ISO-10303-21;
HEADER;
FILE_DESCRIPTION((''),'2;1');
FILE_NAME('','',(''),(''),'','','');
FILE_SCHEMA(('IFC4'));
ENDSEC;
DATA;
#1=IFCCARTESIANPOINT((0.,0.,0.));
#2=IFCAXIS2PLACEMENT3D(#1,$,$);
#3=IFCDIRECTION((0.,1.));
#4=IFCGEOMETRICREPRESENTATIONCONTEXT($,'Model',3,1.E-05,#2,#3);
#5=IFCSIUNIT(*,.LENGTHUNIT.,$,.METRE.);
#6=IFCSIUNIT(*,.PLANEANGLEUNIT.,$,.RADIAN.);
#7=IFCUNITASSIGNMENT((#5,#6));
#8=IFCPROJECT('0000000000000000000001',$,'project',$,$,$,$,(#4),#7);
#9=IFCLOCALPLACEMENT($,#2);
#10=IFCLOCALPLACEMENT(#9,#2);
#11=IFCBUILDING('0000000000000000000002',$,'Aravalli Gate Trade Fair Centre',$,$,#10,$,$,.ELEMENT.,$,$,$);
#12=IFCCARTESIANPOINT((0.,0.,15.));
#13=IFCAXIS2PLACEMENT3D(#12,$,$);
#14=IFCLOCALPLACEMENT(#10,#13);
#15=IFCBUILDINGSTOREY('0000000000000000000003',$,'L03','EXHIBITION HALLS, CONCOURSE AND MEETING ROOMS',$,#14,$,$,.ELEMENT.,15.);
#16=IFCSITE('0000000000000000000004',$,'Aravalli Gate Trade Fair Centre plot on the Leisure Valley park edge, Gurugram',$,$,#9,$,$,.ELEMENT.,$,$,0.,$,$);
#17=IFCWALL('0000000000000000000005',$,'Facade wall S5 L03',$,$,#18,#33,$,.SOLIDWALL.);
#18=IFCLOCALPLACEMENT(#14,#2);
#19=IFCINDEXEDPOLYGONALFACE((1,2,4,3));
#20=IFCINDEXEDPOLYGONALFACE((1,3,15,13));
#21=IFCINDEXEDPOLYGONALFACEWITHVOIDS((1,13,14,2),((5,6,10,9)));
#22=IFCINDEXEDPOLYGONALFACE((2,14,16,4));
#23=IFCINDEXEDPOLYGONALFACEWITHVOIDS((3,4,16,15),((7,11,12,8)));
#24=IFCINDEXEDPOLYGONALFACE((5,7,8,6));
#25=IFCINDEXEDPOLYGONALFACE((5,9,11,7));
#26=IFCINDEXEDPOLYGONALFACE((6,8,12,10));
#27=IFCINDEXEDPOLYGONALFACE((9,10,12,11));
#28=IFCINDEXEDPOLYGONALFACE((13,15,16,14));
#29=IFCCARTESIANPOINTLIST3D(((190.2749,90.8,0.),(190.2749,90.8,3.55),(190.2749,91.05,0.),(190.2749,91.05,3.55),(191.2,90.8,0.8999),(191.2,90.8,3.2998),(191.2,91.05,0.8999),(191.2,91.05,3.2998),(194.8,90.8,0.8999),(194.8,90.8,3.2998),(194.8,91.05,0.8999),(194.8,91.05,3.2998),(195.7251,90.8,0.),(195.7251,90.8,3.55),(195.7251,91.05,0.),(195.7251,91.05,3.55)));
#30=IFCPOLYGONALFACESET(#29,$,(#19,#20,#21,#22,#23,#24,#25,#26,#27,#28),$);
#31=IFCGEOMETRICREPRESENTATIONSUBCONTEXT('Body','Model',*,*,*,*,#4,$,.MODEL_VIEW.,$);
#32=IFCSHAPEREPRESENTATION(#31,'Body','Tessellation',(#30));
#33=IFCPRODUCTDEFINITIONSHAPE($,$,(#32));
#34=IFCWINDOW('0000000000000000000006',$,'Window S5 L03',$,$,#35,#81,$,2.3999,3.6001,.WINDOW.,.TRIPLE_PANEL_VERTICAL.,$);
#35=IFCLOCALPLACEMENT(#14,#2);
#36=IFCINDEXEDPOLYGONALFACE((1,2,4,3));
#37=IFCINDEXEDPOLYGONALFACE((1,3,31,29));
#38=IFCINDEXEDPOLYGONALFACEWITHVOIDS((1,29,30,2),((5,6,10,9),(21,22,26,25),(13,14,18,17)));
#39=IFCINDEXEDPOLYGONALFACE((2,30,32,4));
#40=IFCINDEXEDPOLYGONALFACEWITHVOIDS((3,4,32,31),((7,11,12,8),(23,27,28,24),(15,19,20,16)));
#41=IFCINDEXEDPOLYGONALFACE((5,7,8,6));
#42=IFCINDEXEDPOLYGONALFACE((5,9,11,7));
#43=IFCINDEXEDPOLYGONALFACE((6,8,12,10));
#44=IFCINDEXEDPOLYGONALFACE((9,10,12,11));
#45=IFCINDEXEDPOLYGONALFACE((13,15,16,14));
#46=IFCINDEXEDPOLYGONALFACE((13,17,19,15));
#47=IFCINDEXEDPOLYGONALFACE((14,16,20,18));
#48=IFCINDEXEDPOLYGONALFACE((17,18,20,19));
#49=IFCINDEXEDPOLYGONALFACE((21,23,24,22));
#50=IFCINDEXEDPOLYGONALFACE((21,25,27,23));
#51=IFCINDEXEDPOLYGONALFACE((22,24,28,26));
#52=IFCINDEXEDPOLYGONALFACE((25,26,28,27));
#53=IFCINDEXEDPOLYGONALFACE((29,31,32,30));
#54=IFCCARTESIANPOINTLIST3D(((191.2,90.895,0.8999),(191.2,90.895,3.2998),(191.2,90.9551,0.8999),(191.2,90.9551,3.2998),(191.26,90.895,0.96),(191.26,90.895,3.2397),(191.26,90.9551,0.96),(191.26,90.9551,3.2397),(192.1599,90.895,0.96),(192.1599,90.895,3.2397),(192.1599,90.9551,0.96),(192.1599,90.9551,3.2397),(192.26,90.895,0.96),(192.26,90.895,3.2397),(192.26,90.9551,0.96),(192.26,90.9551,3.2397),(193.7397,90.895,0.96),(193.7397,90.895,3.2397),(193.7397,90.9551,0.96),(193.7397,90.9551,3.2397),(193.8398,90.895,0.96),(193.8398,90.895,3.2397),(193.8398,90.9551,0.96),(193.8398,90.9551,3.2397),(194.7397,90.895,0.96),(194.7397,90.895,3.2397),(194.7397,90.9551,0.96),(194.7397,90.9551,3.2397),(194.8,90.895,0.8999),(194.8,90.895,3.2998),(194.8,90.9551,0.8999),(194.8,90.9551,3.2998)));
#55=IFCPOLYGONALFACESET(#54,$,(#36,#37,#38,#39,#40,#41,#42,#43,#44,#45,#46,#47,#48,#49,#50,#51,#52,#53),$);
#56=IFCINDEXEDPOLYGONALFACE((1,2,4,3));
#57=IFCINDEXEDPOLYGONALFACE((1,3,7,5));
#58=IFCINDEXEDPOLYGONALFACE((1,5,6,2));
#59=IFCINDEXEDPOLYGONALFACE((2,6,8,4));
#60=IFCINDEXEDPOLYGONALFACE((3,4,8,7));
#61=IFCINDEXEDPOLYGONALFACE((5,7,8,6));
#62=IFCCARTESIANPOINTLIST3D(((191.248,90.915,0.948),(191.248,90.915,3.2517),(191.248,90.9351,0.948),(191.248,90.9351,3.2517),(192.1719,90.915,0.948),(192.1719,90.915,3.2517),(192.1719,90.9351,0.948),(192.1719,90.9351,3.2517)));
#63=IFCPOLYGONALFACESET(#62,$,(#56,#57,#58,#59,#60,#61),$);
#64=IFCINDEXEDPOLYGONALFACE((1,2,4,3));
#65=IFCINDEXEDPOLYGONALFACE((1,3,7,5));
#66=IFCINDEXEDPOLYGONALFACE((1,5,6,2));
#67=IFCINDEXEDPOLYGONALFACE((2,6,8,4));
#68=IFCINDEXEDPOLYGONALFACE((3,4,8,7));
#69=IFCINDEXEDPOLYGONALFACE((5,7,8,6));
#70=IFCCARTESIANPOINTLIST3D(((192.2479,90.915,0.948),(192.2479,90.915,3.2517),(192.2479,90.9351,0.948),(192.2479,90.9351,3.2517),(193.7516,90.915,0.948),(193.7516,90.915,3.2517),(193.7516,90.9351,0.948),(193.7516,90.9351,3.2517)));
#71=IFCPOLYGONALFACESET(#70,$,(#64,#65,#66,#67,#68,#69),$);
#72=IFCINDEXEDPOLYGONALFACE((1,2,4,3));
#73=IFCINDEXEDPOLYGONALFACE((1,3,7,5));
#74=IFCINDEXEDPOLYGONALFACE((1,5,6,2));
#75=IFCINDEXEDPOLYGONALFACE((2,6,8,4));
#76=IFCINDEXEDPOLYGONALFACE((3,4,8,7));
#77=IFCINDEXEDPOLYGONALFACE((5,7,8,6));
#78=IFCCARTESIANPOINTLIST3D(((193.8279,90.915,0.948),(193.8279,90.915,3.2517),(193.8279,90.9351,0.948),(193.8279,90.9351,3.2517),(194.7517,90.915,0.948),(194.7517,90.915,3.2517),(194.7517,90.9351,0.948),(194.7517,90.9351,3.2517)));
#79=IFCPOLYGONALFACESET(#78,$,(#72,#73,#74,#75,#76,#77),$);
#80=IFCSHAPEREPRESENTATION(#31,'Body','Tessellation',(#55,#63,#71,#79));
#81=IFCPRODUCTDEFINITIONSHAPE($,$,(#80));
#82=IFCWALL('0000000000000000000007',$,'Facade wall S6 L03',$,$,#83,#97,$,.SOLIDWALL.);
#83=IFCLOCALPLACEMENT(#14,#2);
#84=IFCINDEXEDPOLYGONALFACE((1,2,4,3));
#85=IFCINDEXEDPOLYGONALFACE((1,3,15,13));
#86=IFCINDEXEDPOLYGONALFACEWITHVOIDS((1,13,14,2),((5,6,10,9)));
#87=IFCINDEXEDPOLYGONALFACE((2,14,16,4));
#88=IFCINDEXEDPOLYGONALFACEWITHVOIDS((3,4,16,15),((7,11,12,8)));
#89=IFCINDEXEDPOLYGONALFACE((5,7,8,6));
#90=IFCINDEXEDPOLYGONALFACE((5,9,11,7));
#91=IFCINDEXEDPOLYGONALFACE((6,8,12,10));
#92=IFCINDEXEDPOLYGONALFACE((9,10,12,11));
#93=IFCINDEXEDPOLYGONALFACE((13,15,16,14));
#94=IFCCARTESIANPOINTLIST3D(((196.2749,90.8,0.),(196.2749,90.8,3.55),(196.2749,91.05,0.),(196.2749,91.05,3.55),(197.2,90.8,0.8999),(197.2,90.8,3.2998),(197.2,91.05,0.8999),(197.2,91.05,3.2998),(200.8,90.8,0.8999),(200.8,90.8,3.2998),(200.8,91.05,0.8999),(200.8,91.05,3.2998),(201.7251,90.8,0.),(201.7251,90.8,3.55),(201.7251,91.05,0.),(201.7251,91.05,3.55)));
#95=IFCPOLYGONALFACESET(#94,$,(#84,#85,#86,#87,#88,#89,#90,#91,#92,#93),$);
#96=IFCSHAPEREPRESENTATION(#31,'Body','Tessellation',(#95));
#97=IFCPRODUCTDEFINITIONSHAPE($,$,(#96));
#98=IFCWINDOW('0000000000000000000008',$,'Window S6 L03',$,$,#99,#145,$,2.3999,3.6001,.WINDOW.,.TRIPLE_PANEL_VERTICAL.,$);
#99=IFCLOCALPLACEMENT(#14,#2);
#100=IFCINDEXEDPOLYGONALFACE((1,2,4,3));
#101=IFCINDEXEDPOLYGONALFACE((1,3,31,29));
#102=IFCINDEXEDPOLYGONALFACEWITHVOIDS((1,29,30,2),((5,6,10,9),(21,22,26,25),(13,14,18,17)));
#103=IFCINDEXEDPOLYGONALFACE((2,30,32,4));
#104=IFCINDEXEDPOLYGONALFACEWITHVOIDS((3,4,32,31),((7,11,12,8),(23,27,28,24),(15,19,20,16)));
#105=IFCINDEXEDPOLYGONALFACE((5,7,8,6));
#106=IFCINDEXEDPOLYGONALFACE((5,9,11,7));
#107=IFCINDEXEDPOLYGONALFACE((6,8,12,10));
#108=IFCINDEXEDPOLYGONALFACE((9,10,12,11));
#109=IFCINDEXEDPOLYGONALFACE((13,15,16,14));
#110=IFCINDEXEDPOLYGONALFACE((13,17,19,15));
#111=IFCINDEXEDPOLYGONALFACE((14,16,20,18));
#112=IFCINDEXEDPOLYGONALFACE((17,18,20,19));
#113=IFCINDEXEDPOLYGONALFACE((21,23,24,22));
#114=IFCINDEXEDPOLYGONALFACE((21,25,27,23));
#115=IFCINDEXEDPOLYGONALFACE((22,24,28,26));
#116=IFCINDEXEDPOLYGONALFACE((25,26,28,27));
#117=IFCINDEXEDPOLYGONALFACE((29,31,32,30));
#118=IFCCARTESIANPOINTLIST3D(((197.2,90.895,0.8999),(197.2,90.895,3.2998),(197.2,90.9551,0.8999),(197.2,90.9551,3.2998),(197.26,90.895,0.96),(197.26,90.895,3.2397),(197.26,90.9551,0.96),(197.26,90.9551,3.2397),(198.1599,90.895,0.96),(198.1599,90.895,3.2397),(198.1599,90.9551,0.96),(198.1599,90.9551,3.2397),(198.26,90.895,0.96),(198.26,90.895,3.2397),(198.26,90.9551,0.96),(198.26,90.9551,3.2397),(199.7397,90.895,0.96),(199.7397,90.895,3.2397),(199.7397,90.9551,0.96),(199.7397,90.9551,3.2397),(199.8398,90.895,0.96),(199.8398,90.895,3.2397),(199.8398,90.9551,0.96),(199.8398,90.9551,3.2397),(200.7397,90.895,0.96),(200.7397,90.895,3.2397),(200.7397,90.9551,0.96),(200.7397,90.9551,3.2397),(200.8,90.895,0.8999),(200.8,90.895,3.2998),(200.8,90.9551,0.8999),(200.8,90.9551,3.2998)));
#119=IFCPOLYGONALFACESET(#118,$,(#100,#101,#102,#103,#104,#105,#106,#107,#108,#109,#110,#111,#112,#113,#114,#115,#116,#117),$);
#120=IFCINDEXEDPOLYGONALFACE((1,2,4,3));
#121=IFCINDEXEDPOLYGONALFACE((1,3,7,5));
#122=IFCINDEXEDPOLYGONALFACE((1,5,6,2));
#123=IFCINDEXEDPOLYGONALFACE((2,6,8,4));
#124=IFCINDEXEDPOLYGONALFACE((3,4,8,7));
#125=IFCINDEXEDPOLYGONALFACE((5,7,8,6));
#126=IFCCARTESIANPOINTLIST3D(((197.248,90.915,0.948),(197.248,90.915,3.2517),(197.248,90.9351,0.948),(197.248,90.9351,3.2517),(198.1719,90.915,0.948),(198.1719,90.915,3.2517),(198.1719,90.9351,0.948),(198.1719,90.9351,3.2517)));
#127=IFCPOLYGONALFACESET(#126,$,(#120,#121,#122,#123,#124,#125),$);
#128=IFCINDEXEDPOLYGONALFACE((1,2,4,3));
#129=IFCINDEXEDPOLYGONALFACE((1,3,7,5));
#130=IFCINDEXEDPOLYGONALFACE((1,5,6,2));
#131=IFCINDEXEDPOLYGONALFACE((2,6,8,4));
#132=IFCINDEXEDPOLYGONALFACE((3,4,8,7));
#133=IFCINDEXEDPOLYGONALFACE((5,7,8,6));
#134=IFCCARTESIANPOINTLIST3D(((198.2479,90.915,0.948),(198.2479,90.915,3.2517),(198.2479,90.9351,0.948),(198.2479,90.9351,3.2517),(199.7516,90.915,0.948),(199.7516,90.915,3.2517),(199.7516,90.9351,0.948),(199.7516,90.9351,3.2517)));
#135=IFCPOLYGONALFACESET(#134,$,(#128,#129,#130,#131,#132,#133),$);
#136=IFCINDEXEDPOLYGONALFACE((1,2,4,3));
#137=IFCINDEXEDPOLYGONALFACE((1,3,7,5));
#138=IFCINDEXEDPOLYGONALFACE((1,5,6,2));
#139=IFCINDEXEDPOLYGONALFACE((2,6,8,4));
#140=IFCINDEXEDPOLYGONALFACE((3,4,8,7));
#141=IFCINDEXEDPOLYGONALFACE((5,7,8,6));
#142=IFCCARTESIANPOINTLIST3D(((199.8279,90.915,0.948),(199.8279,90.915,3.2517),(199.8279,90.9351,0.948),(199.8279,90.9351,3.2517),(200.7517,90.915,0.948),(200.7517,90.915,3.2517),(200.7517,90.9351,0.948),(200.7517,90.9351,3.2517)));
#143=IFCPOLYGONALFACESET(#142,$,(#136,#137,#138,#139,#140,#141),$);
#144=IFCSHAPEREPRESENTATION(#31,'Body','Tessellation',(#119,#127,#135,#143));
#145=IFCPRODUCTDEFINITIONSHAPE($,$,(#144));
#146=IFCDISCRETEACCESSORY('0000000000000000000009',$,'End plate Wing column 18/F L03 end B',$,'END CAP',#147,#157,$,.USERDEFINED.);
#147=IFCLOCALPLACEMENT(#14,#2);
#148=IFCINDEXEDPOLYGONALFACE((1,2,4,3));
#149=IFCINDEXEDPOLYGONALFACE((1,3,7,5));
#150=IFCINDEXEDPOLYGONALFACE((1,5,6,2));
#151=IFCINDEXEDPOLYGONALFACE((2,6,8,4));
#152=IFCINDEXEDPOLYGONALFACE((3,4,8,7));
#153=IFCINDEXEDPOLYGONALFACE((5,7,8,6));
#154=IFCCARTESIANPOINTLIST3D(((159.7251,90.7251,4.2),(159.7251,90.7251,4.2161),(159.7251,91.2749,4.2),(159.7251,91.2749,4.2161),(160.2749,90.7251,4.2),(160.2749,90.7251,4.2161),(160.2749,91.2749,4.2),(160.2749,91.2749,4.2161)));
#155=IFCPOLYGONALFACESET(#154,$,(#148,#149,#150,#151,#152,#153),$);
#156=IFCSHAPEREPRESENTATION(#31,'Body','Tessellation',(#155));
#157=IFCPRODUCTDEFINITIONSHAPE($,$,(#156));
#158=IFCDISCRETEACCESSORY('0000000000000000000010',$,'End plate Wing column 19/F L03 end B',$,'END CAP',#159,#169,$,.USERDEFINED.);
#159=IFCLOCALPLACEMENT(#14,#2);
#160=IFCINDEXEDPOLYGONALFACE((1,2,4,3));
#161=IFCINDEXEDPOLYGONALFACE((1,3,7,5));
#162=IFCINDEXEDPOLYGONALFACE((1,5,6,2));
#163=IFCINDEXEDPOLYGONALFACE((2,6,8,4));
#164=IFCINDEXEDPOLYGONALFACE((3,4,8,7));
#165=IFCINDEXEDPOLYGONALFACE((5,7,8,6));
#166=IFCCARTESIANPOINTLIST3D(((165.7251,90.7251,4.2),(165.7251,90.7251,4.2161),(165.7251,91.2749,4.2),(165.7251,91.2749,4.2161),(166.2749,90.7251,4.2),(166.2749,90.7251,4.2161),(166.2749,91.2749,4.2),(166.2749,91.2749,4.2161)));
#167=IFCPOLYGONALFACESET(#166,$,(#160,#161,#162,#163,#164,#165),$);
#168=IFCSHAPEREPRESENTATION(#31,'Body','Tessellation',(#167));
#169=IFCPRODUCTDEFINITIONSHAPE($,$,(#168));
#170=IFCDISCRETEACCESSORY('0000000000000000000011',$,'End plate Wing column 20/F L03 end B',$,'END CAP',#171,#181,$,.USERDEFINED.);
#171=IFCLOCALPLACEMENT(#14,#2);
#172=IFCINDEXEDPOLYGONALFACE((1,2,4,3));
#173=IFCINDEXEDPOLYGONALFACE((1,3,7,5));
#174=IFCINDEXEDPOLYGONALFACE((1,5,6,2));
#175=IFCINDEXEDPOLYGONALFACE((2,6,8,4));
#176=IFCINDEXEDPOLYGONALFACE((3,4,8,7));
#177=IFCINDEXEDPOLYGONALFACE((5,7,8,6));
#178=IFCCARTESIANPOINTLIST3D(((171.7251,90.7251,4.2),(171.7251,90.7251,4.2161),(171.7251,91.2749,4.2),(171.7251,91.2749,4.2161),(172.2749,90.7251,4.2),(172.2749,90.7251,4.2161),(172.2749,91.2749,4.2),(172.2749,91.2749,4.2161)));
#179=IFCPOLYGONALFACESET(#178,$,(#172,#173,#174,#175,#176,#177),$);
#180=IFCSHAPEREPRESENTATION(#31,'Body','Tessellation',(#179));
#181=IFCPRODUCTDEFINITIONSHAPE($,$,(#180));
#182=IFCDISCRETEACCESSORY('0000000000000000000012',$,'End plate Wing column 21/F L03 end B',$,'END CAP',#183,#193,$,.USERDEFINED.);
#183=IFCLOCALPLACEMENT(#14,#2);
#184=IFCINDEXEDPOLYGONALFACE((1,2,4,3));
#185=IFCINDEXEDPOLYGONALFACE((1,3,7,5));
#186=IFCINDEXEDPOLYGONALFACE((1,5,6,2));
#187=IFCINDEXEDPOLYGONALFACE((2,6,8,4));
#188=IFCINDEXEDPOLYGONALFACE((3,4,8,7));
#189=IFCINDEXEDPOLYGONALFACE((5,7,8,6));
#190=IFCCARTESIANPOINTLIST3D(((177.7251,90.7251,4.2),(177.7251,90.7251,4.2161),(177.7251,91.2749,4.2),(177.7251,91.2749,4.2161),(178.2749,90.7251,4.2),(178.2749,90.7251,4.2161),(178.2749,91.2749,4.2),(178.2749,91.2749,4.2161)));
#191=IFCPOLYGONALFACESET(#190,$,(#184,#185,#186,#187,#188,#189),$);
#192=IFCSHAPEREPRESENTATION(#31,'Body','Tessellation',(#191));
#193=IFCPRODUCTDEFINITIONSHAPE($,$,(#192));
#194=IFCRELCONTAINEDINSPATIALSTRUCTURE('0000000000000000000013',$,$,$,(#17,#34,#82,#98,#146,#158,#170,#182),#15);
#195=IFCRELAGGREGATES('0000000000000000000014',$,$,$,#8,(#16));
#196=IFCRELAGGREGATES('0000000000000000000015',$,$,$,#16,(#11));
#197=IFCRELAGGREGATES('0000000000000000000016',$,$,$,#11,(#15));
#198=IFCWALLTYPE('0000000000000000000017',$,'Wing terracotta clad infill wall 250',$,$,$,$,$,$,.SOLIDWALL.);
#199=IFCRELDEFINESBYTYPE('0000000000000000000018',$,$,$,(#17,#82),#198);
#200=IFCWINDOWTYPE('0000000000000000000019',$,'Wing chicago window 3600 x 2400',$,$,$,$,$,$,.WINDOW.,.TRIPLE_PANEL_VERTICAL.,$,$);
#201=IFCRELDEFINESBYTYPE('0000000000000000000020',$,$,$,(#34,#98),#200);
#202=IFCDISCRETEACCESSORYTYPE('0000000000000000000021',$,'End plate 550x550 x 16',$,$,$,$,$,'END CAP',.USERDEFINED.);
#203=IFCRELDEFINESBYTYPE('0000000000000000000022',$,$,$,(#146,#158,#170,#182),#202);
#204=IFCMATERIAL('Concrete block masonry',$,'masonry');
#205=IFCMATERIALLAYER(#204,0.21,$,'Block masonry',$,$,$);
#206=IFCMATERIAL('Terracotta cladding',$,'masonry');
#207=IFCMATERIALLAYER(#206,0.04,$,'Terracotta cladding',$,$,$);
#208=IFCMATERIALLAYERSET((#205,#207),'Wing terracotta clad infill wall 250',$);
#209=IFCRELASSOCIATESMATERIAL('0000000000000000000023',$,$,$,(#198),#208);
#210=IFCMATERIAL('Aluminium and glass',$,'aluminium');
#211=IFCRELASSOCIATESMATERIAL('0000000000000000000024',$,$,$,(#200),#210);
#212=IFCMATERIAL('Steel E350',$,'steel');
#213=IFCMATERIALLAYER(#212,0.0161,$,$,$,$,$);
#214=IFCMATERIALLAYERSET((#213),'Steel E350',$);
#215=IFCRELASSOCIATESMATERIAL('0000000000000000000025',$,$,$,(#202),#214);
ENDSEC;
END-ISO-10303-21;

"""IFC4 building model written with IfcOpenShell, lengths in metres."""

from ifc_helpers import new_model, si_unit, direction, frame, frame_2d, origin, place, context, subcontext, project, spatial, polyline, rectangle, outline, extrude, material, layer, layer_set, type_object, element, fill, save


model = new_model("IFC4")

# Units and contexts
model_context = context("Model", 3, precision=1e-05, world=origin(), true_north=direction((0.0, 1.0)))
body_context = subcontext(model_context, "Body", "Model", "MODEL_VIEW")
ifc_project = project(units=[si_unit("LENGTHUNIT", "METRE"), si_unit("PLANEANGLEUNIT", "RADIAN")], contexts=[model_context])

# Site, building, storey
site_placement = place(None, origin())
site = spatial("IfcSite", under=ifc_project, at=site_placement, Name="Aravalli Gate Trade Fair Centre plot on the Leisure Valley park edge, Gurugram", CompositionType="ELEMENT", RefElevation=0.0)
building_placement = place(site_placement, origin())
building = spatial("IfcBuilding", under=site, at=building_placement, Name="Aravalli Gate Trade Fair Centre", CompositionType="ELEMENT")
storey_placement = place(building_placement, frame((0.0, 0.0, 15.0)))
storey = spatial("IfcBuildingStorey", under=building, at=storey_placement, Name="L03", Description="EXHIBITION HALLS, CONCOURSE AND MEETING ROOMS", CompositionType="ELEMENT", Elevation=15.0)

# Shared definitions
ifc_material_1 = material(Name="Steel E350", Category="steel")

# Walls, openings, windows
ifc_material_2 = material(Name="Concrete block masonry", Category="masonry")
ifc_layer_1 = layer(ifc_material_2, 0.21, Name="Block masonry")
ifc_material_3 = material(Name="Terracotta cladding", Category="masonry")
ifc_layer_2 = layer(ifc_material_3, 0.04, Name="Terracotta cladding")
ifc_layer_set_1 = layer_set([ifc_layer_1, ifc_layer_2], Name="Wing terracotta clad infill wall 250")
wall_type = type_object("IfcWallType", Name="Wing terracotta clad infill wall 250", PredefinedType="SOLIDWALL", material=ifc_layer_set_1)
ifc_material_4 = material(Name="Aluminium and glass", Category="aluminium")
window_type = type_object("IfcWindowType", Name="Wing chicago window 3600 x 2400", PartitioningType="TRIPLE_PANEL_VERTICAL", PredefinedType="WINDOW", material=ifc_material_4)
wall_1_placement = place(storey_placement, frame((190.2749, 90.925, 0.0), z_axis=(0.0, 0.0, 1.0), x_axis=(1.0, 0.0, 0.0)))
wall_1 = element("IfcWall", 1, at=wall_1_placement, inside=storey, type_object=wall_type, Name="Facade wall S5 L03", PredefinedType="SOLIDWALL", context=body_context, shape_type="SweptSolid", body=[
    extrude(rectangle(XDim=5.4502, YDim=0.25, at=frame_2d((2.7251, 0.0))), origin(), (0.0, 0.0, 1.0), 3.55),
])
opening_1_placement = place(wall_1_placement, frame((0.925, 0.0, 0.8999)))
opening_1 = element("IfcOpeningElement", 2, at=opening_1_placement, cuts=wall_1, PredefinedType="OPENING", context=body_context, shape_type="SweptSolid", body=[
    extrude(rectangle(XDim=3.6001, YDim=2.3999, at=frame_2d((1.8, 1.2))), frame((0.0, 0.135, 0.0), z_axis=(0.0, -1.0, 0.0), x_axis=(1.0, 0.0, 0.0)), (0.0, 0.0, 1.0), 0.27),
])
window_1_placement = place(opening_1_placement, origin())
window_1 = element("IfcWindow", 3, at=window_1_placement, inside=storey, type_object=window_type, Name="Window S5 L03", OverallHeight=2.3999, OverallWidth=3.6001, PartitioningType="TRIPLE_PANEL_VERTICAL", PredefinedType="WINDOW", context=body_context, shape_type="SweptSolid", body=[
    extrude(outline(polyline([(0.0, 0.0), (3.6001, 0.0), (3.6001, 2.3999), (0.0, 2.3999), (0.0, 0.0)]), holes=[polyline([(0.0601, 0.0601), (0.96, 0.0601), (0.96, 2.3398), (0.0601, 2.3398), (0.0601, 0.0601)]), polyline([(1.0601, 0.0601), (2.5398, 0.0601), (2.5398, 2.3398), (1.0601, 2.3398), (1.0601, 0.0601)]), polyline([(2.6399, 0.0601), (3.5398, 0.0601), (3.5398, 2.3398), (2.6399, 2.3398), (2.6399, 0.0601)])]), frame((0.0, 0.03, 0.0), z_axis=(0.0, -1.0, 0.0), x_axis=(1.0, 0.0, 0.0)), (0.0, 0.0, 1.0), 0.0601),
    extrude(rectangle(XDim=0.9238, YDim=2.3037, at=frame_2d((0.51, 1.2))), frame((0.0, 0.01, 0.0), z_axis=(0.0, -1.0, 0.0), x_axis=(1.0, 0.0, 0.0)), (0.0, 0.0, 1.0), 0.02),
    extrude(rectangle(XDim=1.5037, YDim=2.3037, at=frame_2d((1.7998, 1.2))), frame((0.0, 0.01, 0.0), z_axis=(0.0, -1.0, 0.0), x_axis=(1.0, 0.0, 0.0)), (0.0, 0.0, 1.0), 0.02),
    extrude(rectangle(XDim=0.9238, YDim=2.3037, at=frame_2d((3.0898, 1.2))), frame((0.0, 0.01, 0.0), z_axis=(0.0, -1.0, 0.0), x_axis=(1.0, 0.0, 0.0)), (0.0, 0.0, 1.0), 0.02),
])
fill(opening_1, window_1)
wall_2_placement = place(storey_placement, frame((196.2749, 90.925, 0.0), z_axis=(0.0, 0.0, 1.0), x_axis=(1.0, 0.0, 0.0)))
wall_2 = element("IfcWall", 4, at=wall_2_placement, inside=storey, type_object=wall_type, Name="Facade wall S6 L03", PredefinedType="SOLIDWALL", context=body_context, shape_type="SweptSolid", body=[
    extrude(rectangle(XDim=5.4502, YDim=0.25, at=frame_2d((2.7251, 0.0))), origin(), (0.0, 0.0, 1.0), 3.55),
])
opening_2_placement = place(wall_2_placement, frame((0.925, 0.0, 0.8999)))
opening_2 = element("IfcOpeningElement", 5, at=opening_2_placement, cuts=wall_2, PredefinedType="OPENING", context=body_context, shape_type="SweptSolid", body=[
    extrude(rectangle(XDim=3.6001, YDim=2.3999, at=frame_2d((1.8, 1.2))), frame((0.0, 0.135, 0.0), z_axis=(0.0, -1.0, 0.0), x_axis=(1.0, 0.0, 0.0)), (0.0, 0.0, 1.0), 0.27),
])
window_2_placement = place(opening_2_placement, origin())
window_2 = element("IfcWindow", 6, at=window_2_placement, inside=storey, type_object=window_type, Name="Window S6 L03", OverallHeight=2.3999, OverallWidth=3.6001, PartitioningType="TRIPLE_PANEL_VERTICAL", PredefinedType="WINDOW", context=body_context, shape_type="SweptSolid", body=[
    extrude(outline(polyline([(0.0, 0.0), (3.6001, 0.0), (3.6001, 2.3999), (0.0, 2.3999), (0.0, 0.0)]), holes=[polyline([(0.0601, 0.0601), (0.96, 0.0601), (0.96, 2.3398), (0.0601, 2.3398), (0.0601, 0.0601)]), polyline([(1.0601, 0.0601), (2.5398, 0.0601), (2.5398, 2.3398), (1.0601, 2.3398), (1.0601, 0.0601)]), polyline([(2.6399, 0.0601), (3.5398, 0.0601), (3.5398, 2.3398), (2.6399, 2.3398), (2.6399, 0.0601)])]), frame((0.0, 0.03, 0.0), z_axis=(0.0, -1.0, 0.0), x_axis=(1.0, 0.0, 0.0)), (0.0, 0.0, 1.0), 0.0601),
    extrude(rectangle(XDim=0.9238, YDim=2.3037, at=frame_2d((0.51, 1.2))), frame((0.0, 0.01, 0.0), z_axis=(0.0, -1.0, 0.0), x_axis=(1.0, 0.0, 0.0)), (0.0, 0.0, 1.0), 0.02),
    extrude(rectangle(XDim=1.5037, YDim=2.3037, at=frame_2d((1.7998, 1.2))), frame((0.0, 0.01, 0.0), z_axis=(0.0, -1.0, 0.0), x_axis=(1.0, 0.0, 0.0)), (0.0, 0.0, 1.0), 0.02),
    extrude(rectangle(XDim=0.9238, YDim=2.3037, at=frame_2d((3.0898, 1.2))), frame((0.0, 0.01, 0.0), z_axis=(0.0, -1.0, 0.0), x_axis=(1.0, 0.0, 0.0)), (0.0, 0.0, 1.0), 0.02),
])
fill(opening_2, window_2)

# Discrete accessories
ifc_layer_3 = layer(ifc_material_1, 0.0161)
ifc_layer_set_2 = layer_set([ifc_layer_3], Name="Steel E350")
discrete_accessory_type = type_object("IfcDiscreteAccessoryType", Name="End plate 550x550 x 16", ElementType="END CAP", PredefinedType="USERDEFINED", material=ifc_layer_set_2)
for number, where, z_axis, x_axis, name in (
    (7, (159.7251, 90.7251, 4.2161), (0.0, 0.0, 1.0), (1.0, 0.0, 0.0), "End plate Wing column 18/F L03 end B"),
    (8, (165.7251, 90.7251, 4.2161), (0.0, 0.0, 1.0), (1.0, 0.0, 0.0), "End plate Wing column 19/F L03 end B"),
    (9, (171.7251, 90.7251, 4.2161), (0.0, 0.0, 1.0), (1.0, 0.0, 0.0), "End plate Wing column 20/F L03 end B"),
    (10, (177.7251, 90.7251, 4.2161), (0.0, 0.0, 1.0), (1.0, 0.0, 0.0), "End plate Wing column 21/F L03 end B"),
):
    element("IfcDiscreteAccessory", number, at=place(storey_placement, frame(where, z_axis=z_axis, x_axis=x_axis)), inside=storey, type_object=discrete_accessory_type, Name=name, ObjectType="END CAP", PredefinedType="USERDEFINED", context=body_context, shape_type="SweptSolid", body=[
        extrude(outline(polyline([(0.0, 0.0), (0.5498, 0.0), (0.5498, 0.5498), (0.0, 0.5498), (0.0, 0.0)])), origin(), (0.0, 0.0, -1.0), 0.0161),
    ])

save(model, "model.ifc")
